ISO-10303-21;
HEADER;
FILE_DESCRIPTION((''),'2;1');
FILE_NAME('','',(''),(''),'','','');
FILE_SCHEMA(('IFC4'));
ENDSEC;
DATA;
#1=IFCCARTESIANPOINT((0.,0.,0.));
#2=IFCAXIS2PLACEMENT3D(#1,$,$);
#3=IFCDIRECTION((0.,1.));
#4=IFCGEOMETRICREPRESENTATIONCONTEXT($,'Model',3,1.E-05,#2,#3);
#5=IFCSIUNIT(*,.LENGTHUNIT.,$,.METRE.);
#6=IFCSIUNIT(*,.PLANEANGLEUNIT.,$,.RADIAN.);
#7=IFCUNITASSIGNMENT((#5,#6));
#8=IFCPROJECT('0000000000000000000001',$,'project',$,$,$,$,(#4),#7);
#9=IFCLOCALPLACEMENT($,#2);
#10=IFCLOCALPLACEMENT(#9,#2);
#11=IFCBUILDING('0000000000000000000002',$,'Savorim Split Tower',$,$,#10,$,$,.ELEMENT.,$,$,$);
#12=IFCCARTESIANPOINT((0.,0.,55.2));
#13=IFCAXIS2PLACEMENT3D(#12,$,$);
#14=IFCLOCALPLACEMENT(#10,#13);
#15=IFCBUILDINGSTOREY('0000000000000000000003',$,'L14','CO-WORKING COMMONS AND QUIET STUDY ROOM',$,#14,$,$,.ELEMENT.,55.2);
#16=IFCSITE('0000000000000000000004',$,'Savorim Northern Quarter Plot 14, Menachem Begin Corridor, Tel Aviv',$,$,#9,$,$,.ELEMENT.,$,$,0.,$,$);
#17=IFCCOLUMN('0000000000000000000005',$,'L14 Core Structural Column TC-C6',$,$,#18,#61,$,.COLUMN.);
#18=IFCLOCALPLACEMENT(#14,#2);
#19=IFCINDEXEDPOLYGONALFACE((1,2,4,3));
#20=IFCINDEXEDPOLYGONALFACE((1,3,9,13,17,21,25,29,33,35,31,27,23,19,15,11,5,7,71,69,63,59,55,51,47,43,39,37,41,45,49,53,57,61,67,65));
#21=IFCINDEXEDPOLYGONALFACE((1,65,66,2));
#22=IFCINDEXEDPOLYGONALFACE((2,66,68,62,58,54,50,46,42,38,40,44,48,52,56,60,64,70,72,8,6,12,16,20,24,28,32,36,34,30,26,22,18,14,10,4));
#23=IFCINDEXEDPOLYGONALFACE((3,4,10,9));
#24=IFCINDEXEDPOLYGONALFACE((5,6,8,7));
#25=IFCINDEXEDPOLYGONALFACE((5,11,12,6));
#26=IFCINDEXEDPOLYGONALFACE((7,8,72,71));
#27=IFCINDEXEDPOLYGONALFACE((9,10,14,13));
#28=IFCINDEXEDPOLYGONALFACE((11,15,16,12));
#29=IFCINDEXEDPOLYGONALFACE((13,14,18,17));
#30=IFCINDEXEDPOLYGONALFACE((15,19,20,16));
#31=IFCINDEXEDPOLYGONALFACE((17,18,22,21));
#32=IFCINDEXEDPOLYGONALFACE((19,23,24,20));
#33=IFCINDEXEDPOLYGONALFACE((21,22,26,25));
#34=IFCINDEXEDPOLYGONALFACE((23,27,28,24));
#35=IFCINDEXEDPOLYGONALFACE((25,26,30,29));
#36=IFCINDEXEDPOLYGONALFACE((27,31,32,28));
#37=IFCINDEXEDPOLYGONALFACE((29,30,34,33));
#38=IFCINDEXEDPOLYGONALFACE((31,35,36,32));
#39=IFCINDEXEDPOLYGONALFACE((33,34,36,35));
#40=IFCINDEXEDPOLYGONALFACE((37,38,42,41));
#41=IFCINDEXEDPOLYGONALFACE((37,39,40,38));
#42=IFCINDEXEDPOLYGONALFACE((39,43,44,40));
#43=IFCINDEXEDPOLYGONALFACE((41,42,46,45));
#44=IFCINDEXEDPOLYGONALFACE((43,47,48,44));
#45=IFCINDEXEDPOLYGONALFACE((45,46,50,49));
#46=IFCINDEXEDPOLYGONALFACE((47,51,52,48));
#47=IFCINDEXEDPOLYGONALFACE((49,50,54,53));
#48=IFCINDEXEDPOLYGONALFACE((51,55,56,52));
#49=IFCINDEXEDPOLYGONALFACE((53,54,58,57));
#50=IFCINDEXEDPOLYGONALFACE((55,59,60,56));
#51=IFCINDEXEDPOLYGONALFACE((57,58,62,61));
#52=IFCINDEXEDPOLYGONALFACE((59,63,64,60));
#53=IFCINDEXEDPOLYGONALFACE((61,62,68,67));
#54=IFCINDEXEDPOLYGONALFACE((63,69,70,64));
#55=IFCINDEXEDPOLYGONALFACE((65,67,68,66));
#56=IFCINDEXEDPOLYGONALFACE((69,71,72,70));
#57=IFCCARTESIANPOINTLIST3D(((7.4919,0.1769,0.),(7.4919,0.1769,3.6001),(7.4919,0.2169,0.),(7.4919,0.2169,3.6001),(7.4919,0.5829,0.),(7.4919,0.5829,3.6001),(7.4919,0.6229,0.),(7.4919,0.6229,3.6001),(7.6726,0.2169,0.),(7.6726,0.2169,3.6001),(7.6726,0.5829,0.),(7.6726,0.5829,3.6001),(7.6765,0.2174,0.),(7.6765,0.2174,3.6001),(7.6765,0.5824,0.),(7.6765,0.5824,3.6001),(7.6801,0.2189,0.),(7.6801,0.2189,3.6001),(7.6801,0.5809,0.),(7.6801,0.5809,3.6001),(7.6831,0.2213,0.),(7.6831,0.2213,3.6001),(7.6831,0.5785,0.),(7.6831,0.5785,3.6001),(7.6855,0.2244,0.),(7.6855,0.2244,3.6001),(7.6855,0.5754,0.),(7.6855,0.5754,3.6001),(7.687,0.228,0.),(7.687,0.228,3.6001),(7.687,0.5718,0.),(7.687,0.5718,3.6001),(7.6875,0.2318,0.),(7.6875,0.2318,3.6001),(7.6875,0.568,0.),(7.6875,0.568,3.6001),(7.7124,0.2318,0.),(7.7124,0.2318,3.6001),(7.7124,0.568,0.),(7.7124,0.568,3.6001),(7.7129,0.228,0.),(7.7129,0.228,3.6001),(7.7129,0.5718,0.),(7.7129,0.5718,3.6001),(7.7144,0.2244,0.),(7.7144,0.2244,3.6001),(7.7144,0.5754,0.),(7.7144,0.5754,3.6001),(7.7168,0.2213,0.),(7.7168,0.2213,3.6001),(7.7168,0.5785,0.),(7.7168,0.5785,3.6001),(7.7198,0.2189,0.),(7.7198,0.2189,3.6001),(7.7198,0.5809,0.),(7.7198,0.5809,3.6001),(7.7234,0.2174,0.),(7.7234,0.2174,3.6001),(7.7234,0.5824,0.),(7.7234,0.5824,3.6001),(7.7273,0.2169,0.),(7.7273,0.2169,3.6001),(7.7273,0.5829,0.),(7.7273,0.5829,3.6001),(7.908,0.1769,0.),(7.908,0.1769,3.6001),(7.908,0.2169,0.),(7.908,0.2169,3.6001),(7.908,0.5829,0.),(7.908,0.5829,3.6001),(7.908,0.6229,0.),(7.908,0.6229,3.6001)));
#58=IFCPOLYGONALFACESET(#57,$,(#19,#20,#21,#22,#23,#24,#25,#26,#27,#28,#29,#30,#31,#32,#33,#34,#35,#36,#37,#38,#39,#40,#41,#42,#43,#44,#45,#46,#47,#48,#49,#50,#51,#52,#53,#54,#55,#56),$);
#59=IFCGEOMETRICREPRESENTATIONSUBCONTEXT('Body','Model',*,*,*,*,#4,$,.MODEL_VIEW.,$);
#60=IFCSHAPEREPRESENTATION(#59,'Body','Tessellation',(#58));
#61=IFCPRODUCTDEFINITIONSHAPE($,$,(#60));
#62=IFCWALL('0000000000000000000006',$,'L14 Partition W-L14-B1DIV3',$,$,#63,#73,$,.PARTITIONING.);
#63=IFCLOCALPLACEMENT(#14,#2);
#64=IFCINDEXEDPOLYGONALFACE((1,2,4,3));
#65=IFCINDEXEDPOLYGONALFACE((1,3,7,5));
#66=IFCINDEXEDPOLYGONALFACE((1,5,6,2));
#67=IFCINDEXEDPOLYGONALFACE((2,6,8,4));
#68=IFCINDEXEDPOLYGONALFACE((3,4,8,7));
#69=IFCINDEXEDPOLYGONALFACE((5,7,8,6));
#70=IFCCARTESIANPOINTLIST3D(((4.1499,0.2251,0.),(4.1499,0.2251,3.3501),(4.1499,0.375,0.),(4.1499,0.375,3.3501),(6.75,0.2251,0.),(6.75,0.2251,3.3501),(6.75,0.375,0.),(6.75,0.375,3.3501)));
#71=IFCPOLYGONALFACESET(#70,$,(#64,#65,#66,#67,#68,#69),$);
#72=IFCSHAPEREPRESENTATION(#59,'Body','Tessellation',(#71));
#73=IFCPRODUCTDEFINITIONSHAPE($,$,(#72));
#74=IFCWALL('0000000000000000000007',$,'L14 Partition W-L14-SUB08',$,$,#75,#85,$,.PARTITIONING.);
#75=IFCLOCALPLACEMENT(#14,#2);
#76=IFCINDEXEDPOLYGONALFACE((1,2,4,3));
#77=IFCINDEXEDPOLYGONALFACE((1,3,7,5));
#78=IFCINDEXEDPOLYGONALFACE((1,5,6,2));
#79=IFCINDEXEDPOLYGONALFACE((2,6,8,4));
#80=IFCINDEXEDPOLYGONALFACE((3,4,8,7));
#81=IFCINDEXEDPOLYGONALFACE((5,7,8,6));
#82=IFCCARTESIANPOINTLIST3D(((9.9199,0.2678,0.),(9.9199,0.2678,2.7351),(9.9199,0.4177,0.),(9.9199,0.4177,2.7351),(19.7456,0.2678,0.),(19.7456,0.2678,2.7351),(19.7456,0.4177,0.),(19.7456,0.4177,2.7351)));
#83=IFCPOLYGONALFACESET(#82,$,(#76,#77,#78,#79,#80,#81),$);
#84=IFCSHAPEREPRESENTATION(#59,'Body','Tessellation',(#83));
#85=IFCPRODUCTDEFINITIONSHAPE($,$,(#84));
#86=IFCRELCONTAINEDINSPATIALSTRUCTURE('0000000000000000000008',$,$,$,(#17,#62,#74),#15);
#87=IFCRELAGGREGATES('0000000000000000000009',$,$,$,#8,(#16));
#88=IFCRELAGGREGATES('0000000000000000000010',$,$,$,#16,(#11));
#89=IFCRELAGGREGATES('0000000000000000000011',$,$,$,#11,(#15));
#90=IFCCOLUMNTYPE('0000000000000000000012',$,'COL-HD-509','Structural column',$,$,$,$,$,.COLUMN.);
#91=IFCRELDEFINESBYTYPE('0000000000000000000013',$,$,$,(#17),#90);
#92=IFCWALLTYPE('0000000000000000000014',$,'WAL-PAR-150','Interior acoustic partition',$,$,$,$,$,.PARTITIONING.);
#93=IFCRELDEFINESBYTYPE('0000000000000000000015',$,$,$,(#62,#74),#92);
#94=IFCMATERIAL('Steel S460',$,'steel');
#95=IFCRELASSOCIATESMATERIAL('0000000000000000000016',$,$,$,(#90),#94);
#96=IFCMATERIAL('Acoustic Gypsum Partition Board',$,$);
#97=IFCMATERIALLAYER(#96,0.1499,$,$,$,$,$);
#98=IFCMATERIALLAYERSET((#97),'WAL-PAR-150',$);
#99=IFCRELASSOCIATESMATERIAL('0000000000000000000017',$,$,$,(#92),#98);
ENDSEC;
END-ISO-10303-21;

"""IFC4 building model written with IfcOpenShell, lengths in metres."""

from ifc_helpers import new_model, si_unit, direction, frame, frame_2d, origin, origin_2d, place, context, subcontext, project, spatial, rectangle, i_section, extrude, material, layer, layer_set, material_profile, profile_set, type_object, element, save


model = new_model("IFC4")

# Units and contexts
model_context = context("Model", 3, precision=1e-05, world=origin(), true_north=direction((0.0, 1.0)))
body_context = subcontext(model_context, "Body", "Model", "MODEL_VIEW")
ifc_project = project(units=[si_unit("LENGTHUNIT", "METRE"), si_unit("PLANEANGLEUNIT", "RADIAN")], contexts=[model_context])

# Site, building, storey
site_placement = place(None, origin())
site = spatial("IfcSite", under=ifc_project, at=site_placement, Name="Savorim Northern Quarter Plot 14, Menachem Begin Corridor, Tel Aviv", CompositionType="ELEMENT", RefElevation=0.0)
building_placement = place(site_placement, origin())
building = spatial("IfcBuilding", under=site, at=building_placement, Name="Savorim Split Tower", CompositionType="ELEMENT")
storey_placement = place(building_placement, frame((0.0, 0.0, 55.2)))
storey = spatial("IfcBuildingStorey", under=building, at=storey_placement, Name="L14", Description="CO-WORKING COMMONS AND QUIET STUDY ROOM", CompositionType="ELEMENT", Elevation=55.2)

# Column
ifc_material_1 = material(Name="Steel S460", Category="steel")
ifc_material_profile = material_profile(ifc_material_1, i_section(OverallWidth=0.416, OverallDepth=0.446, WebThickness=0.0249, FlangeThickness=0.04, FilletRadius=0.0149, at=origin_2d()), Name="HD 400x509")
ifc_profile_set = profile_set([ifc_material_profile], Name="Steel S460")
column_type = type_object("IfcColumnType", Name="COL-HD-509", Description="Structural column", PredefinedType="COLUMN", material=ifc_profile_set)
column_placement = place(storey_placement, frame((7.7, 0.3999, 0.0), z_axis=(0.0, 0.0, 1.0), x_axis=(1.0, 0.0, 0.0)))
element("IfcColumn", 1, at=column_placement, inside=storey, type_object=column_type, Name="L14 Core Structural Column TC-C6", PredefinedType="COLUMN", context=body_context, shape_type="SweptSolid", body=[
    extrude(i_section(OverallWidth=0.416, OverallDepth=0.446, WebThickness=0.0249, FlangeThickness=0.04, FilletRadius=0.0149, at=origin_2d()), origin(), (0.0, 0.0, 1.0), 3.6001),
])

# Walls
ifc_material_2 = material(Name="Acoustic Gypsum Partition Board")
ifc_layer_1 = layer(ifc_material_2, 0.1499)
ifc_layer_set_1 = layer_set([ifc_layer_1], Name="WAL-PAR-150")
wall_type = type_object("IfcWallType", Name="WAL-PAR-150", Description="Interior acoustic partition", PredefinedType="PARTITIONING", material=ifc_layer_set_1)
wall_1_placement = place(storey_placement, frame((4.1499, 0.3, 0.0), z_axis=(0.0, 0.0, 1.0), x_axis=(1.0, 0.0, 0.0)))
element("IfcWall", 2, at=wall_1_placement, inside=storey, type_object=wall_type, Name="L14 Partition W-L14-B1DIV3", PredefinedType="PARTITIONING", context=body_context, shape_type="SweptSolid", body=[
    extrude(rectangle(XDim=2.6001, YDim=0.1499, at=frame_2d((1.3, 0.0))), origin(), (0.0, 0.0, 1.0), 3.3501),
])
wall_2_placement = place(storey_placement, frame((9.9199, 0.3428, 0.0), z_axis=(0.0, 0.0, 1.0), x_axis=(1.0, 0.0, 0.0)))
element("IfcWall", 3, at=wall_2_placement, inside=storey, type_object=wall_type, Name="L14 Partition W-L14-SUB08", PredefinedType="PARTITIONING", context=body_context, shape_type="SweptSolid", body=[
    extrude(rectangle(XDim=9.8257, YDim=0.1499, at=frame_2d((4.9128, 0.0))), origin(), (0.0, 0.0, 1.0), 2.7351),
])

save(model, "model.ifc")
